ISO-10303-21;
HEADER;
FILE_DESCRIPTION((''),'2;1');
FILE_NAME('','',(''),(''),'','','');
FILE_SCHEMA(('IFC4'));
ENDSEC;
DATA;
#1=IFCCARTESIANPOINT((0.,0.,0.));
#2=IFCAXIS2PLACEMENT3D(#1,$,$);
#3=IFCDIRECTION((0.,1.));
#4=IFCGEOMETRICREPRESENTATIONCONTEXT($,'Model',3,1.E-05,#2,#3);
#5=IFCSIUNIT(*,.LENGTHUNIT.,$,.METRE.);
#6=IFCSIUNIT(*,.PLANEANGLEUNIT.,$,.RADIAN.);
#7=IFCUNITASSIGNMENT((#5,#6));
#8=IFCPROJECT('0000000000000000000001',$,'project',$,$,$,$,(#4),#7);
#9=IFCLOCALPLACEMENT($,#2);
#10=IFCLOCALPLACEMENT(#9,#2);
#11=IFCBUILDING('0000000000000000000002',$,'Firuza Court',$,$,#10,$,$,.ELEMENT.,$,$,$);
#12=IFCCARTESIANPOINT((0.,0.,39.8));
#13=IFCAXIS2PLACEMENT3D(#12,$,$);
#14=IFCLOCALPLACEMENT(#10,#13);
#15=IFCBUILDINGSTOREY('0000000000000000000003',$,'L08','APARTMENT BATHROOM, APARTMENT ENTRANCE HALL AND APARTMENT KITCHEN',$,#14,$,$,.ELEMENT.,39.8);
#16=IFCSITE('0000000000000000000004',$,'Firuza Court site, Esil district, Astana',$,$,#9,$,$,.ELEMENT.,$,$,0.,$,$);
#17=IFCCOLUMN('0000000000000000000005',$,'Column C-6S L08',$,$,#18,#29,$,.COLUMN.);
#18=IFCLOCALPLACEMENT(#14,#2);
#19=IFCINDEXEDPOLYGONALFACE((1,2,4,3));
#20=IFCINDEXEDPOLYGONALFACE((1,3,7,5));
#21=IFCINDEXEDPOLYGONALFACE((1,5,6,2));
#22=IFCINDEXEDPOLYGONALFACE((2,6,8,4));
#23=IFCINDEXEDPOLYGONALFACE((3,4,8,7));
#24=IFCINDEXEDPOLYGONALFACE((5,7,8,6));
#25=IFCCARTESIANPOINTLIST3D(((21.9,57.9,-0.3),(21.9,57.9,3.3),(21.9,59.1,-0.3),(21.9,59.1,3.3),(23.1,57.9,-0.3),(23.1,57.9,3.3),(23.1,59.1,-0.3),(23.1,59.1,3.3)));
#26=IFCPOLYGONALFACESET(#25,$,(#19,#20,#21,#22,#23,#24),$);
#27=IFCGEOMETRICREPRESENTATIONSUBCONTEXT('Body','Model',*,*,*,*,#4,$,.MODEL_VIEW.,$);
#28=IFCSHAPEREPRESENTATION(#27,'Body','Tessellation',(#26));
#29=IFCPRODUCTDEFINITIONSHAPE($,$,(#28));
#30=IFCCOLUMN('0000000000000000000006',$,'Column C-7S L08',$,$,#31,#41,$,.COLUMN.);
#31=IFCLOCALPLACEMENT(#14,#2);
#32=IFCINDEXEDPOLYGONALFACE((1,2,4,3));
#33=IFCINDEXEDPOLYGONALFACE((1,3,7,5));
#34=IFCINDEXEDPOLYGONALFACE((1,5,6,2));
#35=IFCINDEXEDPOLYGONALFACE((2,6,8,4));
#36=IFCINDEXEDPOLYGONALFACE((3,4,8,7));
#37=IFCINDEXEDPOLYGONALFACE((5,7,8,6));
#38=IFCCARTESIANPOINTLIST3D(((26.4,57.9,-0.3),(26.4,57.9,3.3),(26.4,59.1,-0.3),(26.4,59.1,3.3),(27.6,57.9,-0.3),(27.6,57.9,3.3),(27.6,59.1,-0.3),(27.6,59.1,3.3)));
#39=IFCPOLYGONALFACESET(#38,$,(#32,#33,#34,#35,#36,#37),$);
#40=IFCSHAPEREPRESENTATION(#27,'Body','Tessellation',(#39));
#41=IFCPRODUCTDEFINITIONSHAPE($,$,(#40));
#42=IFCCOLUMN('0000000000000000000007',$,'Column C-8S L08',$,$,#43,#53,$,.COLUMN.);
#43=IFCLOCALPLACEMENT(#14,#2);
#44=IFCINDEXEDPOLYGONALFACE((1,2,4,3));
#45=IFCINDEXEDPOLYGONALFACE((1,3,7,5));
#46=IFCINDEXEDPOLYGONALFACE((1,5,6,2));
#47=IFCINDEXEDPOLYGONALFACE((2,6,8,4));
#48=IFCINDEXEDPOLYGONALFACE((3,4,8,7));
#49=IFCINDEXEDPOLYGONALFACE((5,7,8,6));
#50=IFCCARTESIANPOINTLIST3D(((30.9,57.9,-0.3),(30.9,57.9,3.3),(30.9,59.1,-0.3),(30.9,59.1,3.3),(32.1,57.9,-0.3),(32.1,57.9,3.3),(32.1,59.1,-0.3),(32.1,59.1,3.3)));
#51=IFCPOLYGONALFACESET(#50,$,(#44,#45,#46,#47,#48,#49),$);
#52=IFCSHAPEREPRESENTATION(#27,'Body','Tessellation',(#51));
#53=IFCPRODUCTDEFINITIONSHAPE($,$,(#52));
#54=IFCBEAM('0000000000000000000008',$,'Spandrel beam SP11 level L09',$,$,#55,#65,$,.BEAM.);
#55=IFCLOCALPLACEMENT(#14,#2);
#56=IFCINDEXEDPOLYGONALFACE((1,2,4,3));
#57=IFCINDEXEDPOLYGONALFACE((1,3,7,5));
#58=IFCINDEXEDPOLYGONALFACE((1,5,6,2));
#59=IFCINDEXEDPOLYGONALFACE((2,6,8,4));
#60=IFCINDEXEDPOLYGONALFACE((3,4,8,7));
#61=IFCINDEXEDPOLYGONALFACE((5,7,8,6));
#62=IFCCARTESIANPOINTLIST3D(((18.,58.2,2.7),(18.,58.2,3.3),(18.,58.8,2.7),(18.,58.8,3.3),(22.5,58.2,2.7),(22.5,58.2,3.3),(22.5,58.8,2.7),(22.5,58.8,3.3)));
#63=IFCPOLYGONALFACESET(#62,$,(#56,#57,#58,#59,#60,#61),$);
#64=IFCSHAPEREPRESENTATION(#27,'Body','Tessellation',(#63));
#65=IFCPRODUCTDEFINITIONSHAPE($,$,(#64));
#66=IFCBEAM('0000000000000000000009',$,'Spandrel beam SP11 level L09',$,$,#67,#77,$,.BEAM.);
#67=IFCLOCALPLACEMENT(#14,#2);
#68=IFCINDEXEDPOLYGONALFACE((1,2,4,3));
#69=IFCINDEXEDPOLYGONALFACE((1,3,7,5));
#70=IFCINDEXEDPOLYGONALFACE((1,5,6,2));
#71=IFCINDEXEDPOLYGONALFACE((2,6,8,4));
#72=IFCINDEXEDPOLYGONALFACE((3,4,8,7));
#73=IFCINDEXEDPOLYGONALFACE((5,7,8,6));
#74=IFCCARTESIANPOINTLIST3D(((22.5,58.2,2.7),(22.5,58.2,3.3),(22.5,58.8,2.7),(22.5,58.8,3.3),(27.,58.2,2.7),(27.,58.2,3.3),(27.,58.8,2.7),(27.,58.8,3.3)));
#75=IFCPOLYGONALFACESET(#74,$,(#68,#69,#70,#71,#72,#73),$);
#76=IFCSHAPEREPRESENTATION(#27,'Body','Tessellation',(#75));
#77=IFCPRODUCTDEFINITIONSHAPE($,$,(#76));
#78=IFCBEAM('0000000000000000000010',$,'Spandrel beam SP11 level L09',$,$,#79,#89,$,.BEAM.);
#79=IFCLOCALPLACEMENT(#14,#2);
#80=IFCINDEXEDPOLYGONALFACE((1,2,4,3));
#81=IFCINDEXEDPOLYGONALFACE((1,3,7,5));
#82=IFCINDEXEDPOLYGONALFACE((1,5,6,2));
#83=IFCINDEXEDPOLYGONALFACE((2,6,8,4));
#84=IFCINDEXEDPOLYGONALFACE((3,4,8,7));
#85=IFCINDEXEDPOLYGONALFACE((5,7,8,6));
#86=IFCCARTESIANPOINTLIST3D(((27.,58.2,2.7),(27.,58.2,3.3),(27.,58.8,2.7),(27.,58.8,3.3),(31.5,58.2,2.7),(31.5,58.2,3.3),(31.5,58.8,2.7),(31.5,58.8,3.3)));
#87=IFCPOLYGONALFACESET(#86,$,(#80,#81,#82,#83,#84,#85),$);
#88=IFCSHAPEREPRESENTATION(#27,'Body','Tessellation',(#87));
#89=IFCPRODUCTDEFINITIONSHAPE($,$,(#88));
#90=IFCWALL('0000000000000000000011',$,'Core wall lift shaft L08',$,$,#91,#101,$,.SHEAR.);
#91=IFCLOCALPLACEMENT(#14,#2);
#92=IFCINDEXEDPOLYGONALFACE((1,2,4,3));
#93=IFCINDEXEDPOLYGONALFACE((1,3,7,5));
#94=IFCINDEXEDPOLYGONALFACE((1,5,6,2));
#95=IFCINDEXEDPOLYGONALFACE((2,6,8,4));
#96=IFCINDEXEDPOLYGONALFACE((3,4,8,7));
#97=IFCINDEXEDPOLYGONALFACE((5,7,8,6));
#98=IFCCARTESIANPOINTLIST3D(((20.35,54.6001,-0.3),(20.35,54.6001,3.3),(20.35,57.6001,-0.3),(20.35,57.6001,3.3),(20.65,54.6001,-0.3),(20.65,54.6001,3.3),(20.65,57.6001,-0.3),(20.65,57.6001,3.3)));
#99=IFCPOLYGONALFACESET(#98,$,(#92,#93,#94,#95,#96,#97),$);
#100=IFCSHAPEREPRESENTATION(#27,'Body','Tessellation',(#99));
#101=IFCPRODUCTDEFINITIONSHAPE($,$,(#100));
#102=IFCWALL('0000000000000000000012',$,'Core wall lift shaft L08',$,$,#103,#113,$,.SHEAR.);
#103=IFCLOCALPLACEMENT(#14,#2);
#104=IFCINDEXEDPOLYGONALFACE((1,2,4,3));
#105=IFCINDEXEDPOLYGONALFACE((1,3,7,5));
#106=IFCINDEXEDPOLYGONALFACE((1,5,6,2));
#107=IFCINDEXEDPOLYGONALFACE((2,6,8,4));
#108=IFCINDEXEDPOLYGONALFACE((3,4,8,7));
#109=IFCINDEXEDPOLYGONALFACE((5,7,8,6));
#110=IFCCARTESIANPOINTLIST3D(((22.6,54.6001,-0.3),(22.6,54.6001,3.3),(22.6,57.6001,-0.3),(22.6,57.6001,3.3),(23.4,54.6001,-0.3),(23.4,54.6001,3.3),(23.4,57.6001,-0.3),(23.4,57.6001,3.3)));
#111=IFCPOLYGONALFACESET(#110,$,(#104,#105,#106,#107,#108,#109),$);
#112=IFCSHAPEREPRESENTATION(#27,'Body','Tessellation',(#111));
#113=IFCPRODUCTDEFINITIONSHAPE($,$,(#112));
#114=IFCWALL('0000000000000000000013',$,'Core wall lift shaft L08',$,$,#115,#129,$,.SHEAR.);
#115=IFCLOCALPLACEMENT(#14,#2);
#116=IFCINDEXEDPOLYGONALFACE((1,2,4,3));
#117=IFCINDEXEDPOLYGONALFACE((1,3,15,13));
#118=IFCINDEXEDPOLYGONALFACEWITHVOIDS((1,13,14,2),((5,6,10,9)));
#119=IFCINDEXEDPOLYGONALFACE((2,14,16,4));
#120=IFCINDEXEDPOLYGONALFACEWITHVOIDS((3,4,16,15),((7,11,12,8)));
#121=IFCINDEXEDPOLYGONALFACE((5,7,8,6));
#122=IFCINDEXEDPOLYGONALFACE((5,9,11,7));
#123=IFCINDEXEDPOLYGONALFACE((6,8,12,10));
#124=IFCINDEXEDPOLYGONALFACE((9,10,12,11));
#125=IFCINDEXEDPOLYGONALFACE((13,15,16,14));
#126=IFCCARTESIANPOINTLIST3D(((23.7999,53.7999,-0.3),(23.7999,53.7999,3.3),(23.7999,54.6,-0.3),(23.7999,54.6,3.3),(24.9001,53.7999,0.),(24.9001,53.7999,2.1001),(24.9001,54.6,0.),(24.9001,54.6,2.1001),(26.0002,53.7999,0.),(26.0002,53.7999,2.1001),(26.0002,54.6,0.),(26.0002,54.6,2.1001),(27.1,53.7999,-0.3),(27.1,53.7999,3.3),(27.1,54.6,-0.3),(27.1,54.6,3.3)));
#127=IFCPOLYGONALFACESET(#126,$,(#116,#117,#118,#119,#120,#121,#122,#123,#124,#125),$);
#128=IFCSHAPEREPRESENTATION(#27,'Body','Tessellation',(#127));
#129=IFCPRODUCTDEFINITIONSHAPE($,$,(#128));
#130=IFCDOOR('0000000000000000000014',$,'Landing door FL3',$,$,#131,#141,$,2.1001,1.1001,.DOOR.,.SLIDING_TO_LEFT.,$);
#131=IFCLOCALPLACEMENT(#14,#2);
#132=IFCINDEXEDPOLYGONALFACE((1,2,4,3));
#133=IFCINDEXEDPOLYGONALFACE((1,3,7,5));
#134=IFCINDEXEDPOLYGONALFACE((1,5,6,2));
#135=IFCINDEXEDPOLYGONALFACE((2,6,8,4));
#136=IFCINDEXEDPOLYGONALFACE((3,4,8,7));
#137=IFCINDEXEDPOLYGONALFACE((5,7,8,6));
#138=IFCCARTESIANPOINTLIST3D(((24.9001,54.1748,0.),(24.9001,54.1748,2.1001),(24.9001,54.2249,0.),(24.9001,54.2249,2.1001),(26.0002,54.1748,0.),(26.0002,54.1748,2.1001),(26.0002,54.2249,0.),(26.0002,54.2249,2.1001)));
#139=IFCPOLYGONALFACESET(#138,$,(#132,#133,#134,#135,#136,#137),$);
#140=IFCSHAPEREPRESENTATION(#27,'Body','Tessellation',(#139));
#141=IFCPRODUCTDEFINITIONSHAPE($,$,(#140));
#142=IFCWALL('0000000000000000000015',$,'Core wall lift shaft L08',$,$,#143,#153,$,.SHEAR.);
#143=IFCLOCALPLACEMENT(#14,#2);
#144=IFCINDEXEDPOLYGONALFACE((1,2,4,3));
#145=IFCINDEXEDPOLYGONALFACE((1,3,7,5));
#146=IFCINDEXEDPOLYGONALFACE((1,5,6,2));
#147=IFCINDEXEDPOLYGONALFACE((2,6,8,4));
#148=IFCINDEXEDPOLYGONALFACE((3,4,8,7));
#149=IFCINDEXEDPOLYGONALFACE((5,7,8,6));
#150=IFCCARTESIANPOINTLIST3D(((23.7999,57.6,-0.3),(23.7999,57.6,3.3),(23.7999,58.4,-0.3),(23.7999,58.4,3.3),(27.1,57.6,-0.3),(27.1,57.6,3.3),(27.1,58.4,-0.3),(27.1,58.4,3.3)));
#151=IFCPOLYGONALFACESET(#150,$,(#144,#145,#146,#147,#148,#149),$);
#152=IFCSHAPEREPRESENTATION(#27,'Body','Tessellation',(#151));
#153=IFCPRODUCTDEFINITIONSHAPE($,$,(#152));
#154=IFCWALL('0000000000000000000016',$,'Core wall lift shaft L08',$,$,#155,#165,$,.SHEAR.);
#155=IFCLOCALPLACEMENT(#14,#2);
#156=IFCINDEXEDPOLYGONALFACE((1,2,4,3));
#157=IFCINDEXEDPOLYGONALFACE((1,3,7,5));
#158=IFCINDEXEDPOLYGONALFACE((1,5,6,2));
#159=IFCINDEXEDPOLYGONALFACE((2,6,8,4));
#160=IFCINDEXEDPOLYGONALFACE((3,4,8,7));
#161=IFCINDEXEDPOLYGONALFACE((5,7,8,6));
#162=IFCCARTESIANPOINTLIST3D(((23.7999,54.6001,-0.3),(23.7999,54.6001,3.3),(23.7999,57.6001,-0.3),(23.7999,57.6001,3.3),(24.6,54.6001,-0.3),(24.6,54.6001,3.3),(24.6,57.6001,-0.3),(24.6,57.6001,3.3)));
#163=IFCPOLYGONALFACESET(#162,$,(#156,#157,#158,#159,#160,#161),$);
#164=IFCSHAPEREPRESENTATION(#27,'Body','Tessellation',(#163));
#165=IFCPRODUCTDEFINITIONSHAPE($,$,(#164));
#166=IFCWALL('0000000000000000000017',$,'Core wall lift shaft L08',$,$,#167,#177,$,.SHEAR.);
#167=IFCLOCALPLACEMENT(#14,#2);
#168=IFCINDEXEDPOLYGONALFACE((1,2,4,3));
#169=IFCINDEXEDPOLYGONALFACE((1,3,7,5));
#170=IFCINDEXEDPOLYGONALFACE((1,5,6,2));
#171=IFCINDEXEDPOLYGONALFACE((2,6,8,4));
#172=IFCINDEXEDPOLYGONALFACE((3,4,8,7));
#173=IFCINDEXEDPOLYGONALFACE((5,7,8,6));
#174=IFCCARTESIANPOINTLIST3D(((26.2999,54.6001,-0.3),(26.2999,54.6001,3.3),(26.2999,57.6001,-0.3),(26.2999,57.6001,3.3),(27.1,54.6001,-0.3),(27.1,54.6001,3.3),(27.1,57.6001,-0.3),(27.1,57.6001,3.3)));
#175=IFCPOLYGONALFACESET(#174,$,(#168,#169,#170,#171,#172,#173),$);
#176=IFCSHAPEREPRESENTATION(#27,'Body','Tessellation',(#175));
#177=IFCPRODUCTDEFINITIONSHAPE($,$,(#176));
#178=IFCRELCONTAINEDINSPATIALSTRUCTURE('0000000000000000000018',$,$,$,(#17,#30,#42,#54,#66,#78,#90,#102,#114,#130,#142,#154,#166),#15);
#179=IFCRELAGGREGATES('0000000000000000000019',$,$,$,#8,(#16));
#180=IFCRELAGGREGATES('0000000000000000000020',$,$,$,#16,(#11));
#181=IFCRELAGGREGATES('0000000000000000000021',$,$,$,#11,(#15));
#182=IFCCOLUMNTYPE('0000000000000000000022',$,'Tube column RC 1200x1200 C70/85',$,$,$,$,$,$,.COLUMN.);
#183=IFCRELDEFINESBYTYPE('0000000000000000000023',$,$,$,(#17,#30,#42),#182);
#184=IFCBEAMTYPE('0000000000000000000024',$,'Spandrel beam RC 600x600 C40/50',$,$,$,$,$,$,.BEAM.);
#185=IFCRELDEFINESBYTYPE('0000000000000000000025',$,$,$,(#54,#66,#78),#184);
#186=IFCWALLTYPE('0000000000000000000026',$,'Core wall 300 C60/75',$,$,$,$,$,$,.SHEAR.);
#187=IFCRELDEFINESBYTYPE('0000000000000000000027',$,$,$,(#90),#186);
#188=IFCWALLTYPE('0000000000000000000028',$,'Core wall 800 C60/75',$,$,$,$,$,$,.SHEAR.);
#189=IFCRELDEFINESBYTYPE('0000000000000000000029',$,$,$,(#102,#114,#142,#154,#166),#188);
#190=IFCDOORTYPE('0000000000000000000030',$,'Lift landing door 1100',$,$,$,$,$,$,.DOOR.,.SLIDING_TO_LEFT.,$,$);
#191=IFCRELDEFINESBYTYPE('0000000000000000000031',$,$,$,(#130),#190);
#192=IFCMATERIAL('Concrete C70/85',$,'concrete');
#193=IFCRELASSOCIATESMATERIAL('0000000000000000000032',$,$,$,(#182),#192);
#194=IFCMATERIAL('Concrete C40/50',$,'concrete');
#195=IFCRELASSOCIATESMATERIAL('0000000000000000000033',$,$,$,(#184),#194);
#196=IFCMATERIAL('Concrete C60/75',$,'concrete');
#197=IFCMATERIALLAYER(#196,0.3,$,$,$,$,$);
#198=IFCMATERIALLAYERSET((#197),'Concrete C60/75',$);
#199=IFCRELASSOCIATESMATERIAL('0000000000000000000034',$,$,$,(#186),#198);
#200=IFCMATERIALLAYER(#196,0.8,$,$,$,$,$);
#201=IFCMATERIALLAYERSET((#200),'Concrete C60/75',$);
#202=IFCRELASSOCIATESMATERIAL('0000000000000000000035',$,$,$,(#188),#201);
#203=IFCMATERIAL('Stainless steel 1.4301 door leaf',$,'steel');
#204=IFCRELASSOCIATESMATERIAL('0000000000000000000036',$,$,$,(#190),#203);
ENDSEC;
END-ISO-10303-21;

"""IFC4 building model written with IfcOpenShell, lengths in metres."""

from ifc_helpers import new_model, si_unit, direction, frame, frame_2d, origin, origin_2d, place, context, subcontext, project, spatial, rectangle, extrude, material, layer, layer_set, material_profile, profile_set, type_object, element, fill, save


model = new_model("IFC4")

# Units and contexts
model_context = context("Model", 3, precision=1e-05, world=origin(), true_north=direction((0.0, 1.0)))
body_context = subcontext(model_context, "Body", "Model", "MODEL_VIEW")
ifc_project = project(units=[si_unit("LENGTHUNIT", "METRE"), si_unit("PLANEANGLEUNIT", "RADIAN")], contexts=[model_context])

# Site, building, storey
site_placement = place(None, origin())
site = spatial("IfcSite", under=ifc_project, at=site_placement, Name="Firuza Court site, Esil district, Astana", CompositionType="ELEMENT", RefElevation=0.0)
building_placement = place(site_placement, origin())
building = spatial("IfcBuilding", under=site, at=building_placement, Name="Firuza Court", CompositionType="ELEMENT")
storey_placement = place(building_placement, frame((0.0, 0.0, 39.8)))
storey = spatial("IfcBuildingStorey", under=building, at=storey_placement, Name="L08", Description="APARTMENT BATHROOM, APARTMENT ENTRANCE HALL AND APARTMENT KITCHEN", CompositionType="ELEMENT", Elevation=39.8)

# Columns
ifc_material_1 = material(Name="Concrete C70/85", Category="concrete")
ifc_material_profile_1 = material_profile(ifc_material_1, rectangle(XDim=1.2, YDim=1.2, at=origin_2d()), Name="RC 1200x1200")
ifc_profile_set_1 = profile_set([ifc_material_profile_1], Name="Concrete C70/85")
column_type = type_object("IfcColumnType", Name="Tube column RC 1200x1200 C70/85", PredefinedType="COLUMN", material=ifc_profile_set_1)
for number, where, z_axis, x_axis, name in (
    (1, (22.5, 58.5, -0.3), (0.0, 0.0, 1.0), (1.0, 0.0, 0.0), "Column C-6S L08"),
    (2, (27.0, 58.5, -0.3), (0.0, 0.0, 1.0), (1.0, 0.0, 0.0), "Column C-7S L08"),
    (3, (31.5, 58.5, -0.3), (0.0, 0.0, 1.0), (1.0, 0.0, 0.0), "Column C-8S L08"),
):
    element("IfcColumn", number, at=place(storey_placement, frame(where, z_axis=z_axis, x_axis=x_axis)), inside=storey, type_object=column_type, Name=name, PredefinedType="COLUMN", context=body_context, shape_type="SweptSolid", body=[
        extrude(rectangle(XDim=1.2, YDim=1.2, at=origin_2d()), origin(), (0.0, 0.0, 1.0), 3.6001),
    ])

# Beams
ifc_material_2 = material(Name="Concrete C40/50", Category="concrete")
ifc_material_profile_2 = material_profile(ifc_material_2, rectangle(XDim=0.6001, YDim=0.6001, at=origin_2d()), Name="RC 600x600")
ifc_profile_set_2 = profile_set([ifc_material_profile_2], Name="Concrete C40/50")
beam_type = type_object("IfcBeamType", Name="Spandrel beam RC 600x600 C40/50", PredefinedType="BEAM", material=ifc_profile_set_2)
for number, where, z_axis, x_axis, name in (
    (4, (22.5, 58.5, 3.0), (-1.0, 0.0, 0.0), (0.0, -1.0, 0.0), "Spandrel beam SP11 level L09"),
    (5, (27.0, 58.5, 3.0), (-1.0, 0.0, 0.0), (0.0, -1.0, 0.0), "Spandrel beam SP11 level L09"),
    (6, (31.5, 58.5, 3.0), (-1.0, 0.0, 0.0), (0.0, -1.0, 0.0), "Spandrel beam SP11 level L09"),
):
    element("IfcBeam", number, at=place(storey_placement, frame(where, z_axis=z_axis, x_axis=x_axis)), inside=storey, type_object=beam_type, Name=name, PredefinedType="BEAM", context=body_context, shape_type="SweptSolid", body=[
        extrude(rectangle(XDim=0.6001, YDim=0.6001, at=origin_2d()), origin(), (0.0, 0.0, 1.0), 4.5),
    ])

# Walls
ifc_material_3 = material(Name="Concrete C60/75", Category="concrete")
ifc_layer_1 = layer(ifc_material_3, 0.3)
ifc_layer_set_1 = layer_set([ifc_layer_1], Name="Concrete C60/75")
wall_type_1 = type_object("IfcWallType", Name="Core wall 300 C60/75", PredefinedType="SHEAR", material=ifc_layer_set_1)
wall_1_placement = place(storey_placement, frame((20.5, 54.6001, -0.3), z_axis=(0.0, 0.0, 1.0), x_axis=(0.0, 1.0, 0.0)))
element("IfcWall", 7, at=wall_1_placement, inside=storey, type_object=wall_type_1, Name="Core wall lift shaft L08", PredefinedType="SHEAR", context=body_context, shape_type="SweptSolid", body=[
    extrude(rectangle(XDim=3.0, YDim=0.3, at=frame_2d((1.5, 0.0))), origin(), (0.0, 0.0, 1.0), 3.6001),
])
ifc_layer_2 = layer(ifc_material_3, 0.8)
ifc_layer_set_2 = layer_set([ifc_layer_2], Name="Concrete C60/75")
wall_type_2 = type_object("IfcWallType", Name="Core wall 800 C60/75", PredefinedType="SHEAR", material=ifc_layer_set_2)
wall_2_placement = place(storey_placement, frame((23.0, 54.6001, -0.3), z_axis=(0.0, 0.0, 1.0), x_axis=(0.0, 1.0, 0.0)))
element("IfcWall", 8, at=wall_2_placement, inside=storey, type_object=wall_type_2, Name="Core wall lift shaft L08", PredefinedType="SHEAR", context=body_context, shape_type="SweptSolid", body=[
    extrude(rectangle(XDim=3.0, YDim=0.8, at=frame_2d((1.5, 0.0))), origin(), (0.0, 0.0, 1.0), 3.6001),
])

# Wall, opening, door
wall_3_placement = place(storey_placement, frame((23.8, 54.2, -0.3), z_axis=(0.0, 0.0, 1.0), x_axis=(1.0, 0.0, 0.0)))
wall_3 = element("IfcWall", 9, at=wall_3_placement, inside=storey, type_object=wall_type_2, Name="Core wall lift shaft L08", PredefinedType="SHEAR", context=body_context, shape_type="SweptSolid", body=[
    extrude(rectangle(XDim=3.3, YDim=0.8, at=frame_2d((1.6499, 0.0))), origin(), (0.0, 0.0, 1.0), 3.6001),
])
opening_1_placement = place(wall_3_placement, frame((1.1001, 0.0, 0.3)))
opening_1 = element("IfcOpeningElement", 10, at=opening_1_placement, cuts=wall_3, PredefinedType="OPENING", context=body_context, shape_type="SweptSolid", body=[
    extrude(rectangle(XDim=1.1001, YDim=2.1001, at=frame_2d((0.55, 1.05))), frame((0.0, 0.4121, 0.0), z_axis=(0.0, -1.0, 0.0), x_axis=(1.0, 0.0, 0.0)), (0.0, 0.0, 1.0), 0.824),
])
ifc_material_4 = material(Name="Stainless steel 1.4301 door leaf", Category="steel")
door_type_1 = type_object("IfcDoorType", Name="Lift landing door 1100", OperationType="SLIDING_TO_LEFT", PredefinedType="DOOR", material=ifc_material_4)
door_1_placement = place(opening_1_placement, origin())
door_1 = element("IfcDoor", 11, at=door_1_placement, inside=storey, type_object=door_type_1, Name="Landing door FL3", OperationType="SLIDING_TO_LEFT", OverallHeight=2.1001, OverallWidth=1.1001, PredefinedType="DOOR", context=body_context, shape_type="SweptSolid", body=[
    extrude(rectangle(XDim=1.1001, YDim=2.1001, at=frame_2d((0.55, 1.05))), frame((0.0, 0.0249, 0.0), z_axis=(0.0, -1.0, 0.0), x_axis=(1.0, 0.0, 0.0)), (0.0, 0.0, 1.0), 0.05),
])
fill(opening_1, door_1)

# Walls
wall_4_placement = place(storey_placement, frame((23.8, 58.0, -0.3), z_axis=(0.0, 0.0, 1.0), x_axis=(1.0, 0.0, 0.0)))
element("IfcWall", 12, at=wall_4_placement, inside=storey, type_object=wall_type_2, Name="Core wall lift shaft L08", PredefinedType="SHEAR", context=body_context, shape_type="SweptSolid", body=[
    extrude(rectangle(XDim=3.3, YDim=0.8, at=frame_2d((1.6499, 0.0))), origin(), (0.0, 0.0, 1.0), 3.6001),
])
for number, where, z_axis, x_axis, name in (
    (13, (24.2, 54.6001, -0.3), (0.0, 0.0, 1.0), (0.0, 1.0, 0.0), "Core wall lift shaft L08"),
    (14, (26.7, 54.6001, -0.3), (0.0, 0.0, 1.0), (0.0, 1.0, 0.0), "Core wall lift shaft L08"),
):
    element("IfcWall", number, at=place(storey_placement, frame(where, z_axis=z_axis, x_axis=x_axis)), inside=storey, type_object=wall_type_2, Name=name, PredefinedType="SHEAR", context=body_context, shape_type="SweptSolid", body=[
        extrude(rectangle(XDim=3.0, YDim=0.8, at=frame_2d((1.5, 0.0))), origin(), (0.0, 0.0, 1.0), 3.6001),
    ])

save(model, "model.ifc")
